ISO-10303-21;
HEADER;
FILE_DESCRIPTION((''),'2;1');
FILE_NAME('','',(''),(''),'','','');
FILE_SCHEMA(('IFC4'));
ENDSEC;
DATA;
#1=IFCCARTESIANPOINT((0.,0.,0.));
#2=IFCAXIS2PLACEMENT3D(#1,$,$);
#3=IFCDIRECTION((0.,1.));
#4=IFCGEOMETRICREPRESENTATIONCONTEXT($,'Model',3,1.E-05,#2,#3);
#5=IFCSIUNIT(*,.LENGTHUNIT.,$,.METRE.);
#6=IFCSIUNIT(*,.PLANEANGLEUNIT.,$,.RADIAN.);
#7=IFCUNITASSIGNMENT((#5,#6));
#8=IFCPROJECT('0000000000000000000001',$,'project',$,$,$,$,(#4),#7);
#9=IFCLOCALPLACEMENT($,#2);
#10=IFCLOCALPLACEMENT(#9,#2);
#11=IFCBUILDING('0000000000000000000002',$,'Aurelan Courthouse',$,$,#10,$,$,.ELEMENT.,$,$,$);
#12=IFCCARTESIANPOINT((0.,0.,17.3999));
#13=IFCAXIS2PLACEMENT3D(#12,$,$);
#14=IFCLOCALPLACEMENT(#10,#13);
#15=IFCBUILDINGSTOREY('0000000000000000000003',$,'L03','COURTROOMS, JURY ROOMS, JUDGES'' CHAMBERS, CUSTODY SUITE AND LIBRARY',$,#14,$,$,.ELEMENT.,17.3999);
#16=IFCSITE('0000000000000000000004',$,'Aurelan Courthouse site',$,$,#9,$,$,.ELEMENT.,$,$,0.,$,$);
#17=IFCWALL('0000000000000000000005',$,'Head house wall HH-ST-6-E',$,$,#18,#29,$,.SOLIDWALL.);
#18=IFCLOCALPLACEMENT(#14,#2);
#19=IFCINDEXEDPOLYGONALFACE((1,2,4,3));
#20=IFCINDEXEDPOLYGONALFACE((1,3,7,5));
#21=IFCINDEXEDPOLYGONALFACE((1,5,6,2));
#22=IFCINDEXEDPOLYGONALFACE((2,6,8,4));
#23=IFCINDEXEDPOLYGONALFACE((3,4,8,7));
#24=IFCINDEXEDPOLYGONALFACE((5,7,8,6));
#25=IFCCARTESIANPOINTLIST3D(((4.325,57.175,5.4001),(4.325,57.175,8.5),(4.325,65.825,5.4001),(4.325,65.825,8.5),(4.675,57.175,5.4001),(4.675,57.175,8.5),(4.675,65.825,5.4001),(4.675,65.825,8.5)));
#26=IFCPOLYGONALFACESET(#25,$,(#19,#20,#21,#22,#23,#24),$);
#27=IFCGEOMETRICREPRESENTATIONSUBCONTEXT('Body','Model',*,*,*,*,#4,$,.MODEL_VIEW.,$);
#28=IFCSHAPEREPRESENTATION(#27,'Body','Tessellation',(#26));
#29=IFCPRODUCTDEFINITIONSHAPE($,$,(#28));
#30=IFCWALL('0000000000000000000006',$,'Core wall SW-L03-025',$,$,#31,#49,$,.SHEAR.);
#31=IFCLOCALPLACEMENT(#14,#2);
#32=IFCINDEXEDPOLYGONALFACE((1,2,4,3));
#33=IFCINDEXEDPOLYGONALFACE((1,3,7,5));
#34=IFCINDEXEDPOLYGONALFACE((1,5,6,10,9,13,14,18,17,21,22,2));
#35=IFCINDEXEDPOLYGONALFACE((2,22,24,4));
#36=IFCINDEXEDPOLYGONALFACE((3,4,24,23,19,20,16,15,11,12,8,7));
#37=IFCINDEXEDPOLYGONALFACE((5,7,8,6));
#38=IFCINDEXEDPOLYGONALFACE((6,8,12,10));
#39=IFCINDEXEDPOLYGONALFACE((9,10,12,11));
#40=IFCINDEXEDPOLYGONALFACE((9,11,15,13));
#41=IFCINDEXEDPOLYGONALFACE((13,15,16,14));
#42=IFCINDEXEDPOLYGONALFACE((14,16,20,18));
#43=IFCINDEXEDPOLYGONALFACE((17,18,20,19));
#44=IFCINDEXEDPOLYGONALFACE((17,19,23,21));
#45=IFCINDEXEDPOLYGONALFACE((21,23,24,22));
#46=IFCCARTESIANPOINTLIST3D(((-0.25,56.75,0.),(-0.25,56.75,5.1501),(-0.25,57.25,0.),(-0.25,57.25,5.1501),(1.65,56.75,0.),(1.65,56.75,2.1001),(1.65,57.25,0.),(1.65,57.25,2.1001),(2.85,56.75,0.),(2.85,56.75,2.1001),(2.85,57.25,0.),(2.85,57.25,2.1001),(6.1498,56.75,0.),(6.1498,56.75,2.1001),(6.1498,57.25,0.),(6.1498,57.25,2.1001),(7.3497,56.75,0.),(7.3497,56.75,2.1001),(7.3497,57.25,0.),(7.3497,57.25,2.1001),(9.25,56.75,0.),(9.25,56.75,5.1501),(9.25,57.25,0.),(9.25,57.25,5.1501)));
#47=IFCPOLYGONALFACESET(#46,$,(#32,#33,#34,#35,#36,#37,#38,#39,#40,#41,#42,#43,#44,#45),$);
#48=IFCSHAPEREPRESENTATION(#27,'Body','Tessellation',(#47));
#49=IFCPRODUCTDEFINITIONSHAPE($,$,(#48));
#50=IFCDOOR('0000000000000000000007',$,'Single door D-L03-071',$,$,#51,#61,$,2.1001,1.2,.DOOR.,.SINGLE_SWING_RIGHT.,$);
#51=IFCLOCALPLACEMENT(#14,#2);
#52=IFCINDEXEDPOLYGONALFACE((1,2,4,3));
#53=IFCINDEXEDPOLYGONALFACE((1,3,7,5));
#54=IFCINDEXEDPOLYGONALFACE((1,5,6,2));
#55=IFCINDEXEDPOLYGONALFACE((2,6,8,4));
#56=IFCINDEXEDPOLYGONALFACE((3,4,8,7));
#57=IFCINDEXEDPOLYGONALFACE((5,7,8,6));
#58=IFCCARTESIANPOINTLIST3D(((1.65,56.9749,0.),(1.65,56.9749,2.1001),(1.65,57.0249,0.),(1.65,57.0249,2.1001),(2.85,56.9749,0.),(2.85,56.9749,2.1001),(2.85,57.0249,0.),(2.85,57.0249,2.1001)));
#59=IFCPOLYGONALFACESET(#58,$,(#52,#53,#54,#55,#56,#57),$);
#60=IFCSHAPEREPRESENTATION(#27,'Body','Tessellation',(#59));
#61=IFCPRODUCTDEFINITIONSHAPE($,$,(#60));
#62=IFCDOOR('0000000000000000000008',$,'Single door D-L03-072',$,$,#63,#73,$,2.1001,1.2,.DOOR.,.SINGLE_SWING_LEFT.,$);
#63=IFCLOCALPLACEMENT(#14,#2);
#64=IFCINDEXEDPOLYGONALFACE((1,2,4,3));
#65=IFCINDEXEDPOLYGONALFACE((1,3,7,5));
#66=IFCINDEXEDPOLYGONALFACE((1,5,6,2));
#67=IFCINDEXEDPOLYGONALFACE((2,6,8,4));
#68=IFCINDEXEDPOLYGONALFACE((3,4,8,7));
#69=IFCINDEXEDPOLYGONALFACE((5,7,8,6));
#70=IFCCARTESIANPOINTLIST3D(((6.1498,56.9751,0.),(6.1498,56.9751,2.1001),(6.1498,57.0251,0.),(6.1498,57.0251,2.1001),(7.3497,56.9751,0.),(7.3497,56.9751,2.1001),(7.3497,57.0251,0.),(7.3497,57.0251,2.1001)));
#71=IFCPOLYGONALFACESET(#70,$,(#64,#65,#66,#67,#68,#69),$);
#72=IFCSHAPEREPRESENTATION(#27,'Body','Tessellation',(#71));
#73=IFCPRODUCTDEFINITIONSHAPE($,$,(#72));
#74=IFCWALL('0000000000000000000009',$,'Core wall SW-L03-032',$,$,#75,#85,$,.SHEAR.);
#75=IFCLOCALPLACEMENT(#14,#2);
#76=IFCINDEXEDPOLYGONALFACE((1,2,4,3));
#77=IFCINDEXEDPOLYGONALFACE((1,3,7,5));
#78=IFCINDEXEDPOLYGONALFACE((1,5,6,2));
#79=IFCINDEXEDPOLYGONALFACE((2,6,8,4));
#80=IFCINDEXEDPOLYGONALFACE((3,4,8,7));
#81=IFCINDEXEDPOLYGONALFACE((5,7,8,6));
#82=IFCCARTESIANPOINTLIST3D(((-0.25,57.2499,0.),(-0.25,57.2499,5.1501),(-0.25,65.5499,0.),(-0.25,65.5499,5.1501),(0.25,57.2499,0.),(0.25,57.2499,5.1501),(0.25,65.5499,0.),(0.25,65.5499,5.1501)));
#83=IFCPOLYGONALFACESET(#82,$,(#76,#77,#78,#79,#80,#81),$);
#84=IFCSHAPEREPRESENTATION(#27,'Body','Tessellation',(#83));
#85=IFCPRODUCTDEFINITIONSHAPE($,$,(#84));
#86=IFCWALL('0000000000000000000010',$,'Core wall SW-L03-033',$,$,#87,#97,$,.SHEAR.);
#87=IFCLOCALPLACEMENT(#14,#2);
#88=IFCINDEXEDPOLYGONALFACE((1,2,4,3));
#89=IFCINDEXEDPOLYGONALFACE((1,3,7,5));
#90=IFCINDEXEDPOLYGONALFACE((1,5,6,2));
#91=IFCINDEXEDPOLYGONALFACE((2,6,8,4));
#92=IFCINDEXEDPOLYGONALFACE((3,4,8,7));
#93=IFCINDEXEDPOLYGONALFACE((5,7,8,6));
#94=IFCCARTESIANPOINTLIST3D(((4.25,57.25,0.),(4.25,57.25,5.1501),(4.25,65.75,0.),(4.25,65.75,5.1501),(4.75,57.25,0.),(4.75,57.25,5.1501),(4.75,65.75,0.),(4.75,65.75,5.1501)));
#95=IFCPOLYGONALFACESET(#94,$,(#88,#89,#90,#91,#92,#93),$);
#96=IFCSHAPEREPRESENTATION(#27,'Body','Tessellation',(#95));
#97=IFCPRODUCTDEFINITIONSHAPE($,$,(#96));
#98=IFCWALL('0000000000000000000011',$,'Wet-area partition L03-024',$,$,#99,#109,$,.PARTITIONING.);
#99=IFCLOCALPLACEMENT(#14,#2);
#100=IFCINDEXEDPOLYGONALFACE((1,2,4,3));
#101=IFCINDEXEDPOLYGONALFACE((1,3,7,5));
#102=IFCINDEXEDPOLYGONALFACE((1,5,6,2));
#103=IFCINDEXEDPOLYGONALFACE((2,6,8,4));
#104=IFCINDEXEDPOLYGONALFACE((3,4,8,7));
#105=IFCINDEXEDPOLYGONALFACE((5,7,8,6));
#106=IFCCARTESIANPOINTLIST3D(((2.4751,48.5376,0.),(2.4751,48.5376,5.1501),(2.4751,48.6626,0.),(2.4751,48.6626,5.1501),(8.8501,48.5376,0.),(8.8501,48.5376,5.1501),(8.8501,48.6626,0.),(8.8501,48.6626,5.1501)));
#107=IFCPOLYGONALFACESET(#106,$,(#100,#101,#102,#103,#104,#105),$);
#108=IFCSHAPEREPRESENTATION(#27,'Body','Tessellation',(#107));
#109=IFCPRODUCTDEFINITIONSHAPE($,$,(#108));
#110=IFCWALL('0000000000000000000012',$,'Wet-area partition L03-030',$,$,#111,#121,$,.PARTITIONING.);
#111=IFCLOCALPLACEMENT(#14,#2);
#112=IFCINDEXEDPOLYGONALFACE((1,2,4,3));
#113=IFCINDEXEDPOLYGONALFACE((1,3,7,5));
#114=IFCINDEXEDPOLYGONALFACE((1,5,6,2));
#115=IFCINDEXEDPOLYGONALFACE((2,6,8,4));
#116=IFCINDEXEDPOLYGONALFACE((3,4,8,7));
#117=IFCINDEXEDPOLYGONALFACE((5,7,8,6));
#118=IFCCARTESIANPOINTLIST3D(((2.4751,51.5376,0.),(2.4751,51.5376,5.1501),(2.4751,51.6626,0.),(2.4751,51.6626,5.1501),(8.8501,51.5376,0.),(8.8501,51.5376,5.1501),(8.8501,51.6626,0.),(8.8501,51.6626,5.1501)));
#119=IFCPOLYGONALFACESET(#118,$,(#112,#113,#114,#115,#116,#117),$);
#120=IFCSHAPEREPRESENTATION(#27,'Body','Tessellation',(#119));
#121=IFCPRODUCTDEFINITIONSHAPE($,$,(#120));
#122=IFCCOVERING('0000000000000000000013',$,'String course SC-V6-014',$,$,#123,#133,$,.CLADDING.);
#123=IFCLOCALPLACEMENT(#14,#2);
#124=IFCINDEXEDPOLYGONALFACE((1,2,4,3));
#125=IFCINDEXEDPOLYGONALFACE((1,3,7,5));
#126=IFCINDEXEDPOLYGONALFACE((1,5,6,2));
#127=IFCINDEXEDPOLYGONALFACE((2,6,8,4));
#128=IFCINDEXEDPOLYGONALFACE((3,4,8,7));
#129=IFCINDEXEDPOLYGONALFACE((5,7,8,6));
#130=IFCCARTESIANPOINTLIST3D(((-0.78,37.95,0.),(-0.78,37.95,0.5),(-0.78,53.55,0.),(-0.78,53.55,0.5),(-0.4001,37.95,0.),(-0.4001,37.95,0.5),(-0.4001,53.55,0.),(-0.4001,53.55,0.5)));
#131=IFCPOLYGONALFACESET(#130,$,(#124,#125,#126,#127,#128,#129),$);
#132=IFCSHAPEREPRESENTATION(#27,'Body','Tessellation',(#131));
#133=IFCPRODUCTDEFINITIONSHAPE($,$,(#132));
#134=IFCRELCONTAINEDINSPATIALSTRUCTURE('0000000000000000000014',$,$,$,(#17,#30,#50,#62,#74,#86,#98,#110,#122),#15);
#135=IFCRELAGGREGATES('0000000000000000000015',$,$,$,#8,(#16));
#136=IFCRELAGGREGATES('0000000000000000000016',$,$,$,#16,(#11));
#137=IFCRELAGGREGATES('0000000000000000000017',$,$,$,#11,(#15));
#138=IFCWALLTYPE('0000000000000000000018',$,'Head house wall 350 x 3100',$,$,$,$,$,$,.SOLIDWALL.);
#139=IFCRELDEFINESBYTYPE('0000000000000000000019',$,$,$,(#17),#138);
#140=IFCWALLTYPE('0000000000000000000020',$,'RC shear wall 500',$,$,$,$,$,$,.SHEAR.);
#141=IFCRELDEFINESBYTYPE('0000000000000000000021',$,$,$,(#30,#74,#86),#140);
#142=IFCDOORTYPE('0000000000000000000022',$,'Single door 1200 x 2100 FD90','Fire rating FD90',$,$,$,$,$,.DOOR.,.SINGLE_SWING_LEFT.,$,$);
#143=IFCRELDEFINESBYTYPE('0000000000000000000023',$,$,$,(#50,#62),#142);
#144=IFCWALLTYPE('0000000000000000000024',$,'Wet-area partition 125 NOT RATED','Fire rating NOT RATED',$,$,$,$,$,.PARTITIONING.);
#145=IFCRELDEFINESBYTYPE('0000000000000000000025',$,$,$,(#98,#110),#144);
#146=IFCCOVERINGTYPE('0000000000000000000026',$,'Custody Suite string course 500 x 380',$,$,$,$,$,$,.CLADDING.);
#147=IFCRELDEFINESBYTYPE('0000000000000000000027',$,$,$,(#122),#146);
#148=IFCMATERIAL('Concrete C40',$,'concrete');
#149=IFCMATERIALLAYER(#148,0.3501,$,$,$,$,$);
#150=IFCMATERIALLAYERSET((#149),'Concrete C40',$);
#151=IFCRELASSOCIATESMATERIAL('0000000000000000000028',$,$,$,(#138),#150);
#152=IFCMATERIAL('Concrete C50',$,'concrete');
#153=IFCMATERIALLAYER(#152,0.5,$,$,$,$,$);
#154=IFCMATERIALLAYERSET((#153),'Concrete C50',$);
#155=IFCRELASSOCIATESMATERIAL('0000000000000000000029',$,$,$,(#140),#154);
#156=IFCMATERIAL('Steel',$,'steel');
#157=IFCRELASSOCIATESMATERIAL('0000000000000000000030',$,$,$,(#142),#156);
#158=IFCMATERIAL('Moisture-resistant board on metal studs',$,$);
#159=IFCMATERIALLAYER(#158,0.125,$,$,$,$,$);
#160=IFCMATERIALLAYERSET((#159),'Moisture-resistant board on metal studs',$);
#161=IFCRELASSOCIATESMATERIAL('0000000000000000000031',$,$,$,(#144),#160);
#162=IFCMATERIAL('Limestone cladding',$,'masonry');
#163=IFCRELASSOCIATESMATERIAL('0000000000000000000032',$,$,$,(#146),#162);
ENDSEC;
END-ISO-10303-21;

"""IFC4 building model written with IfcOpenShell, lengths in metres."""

from ifc_helpers import new_model, si_unit, direction, frame, frame_2d, origin, origin_2d, place, context, subcontext, project, spatial, rectangle, extrude, material, layer, layer_set, type_object, element, fill, save


model = new_model("IFC4")

# Units and contexts
model_context = context("Model", 3, precision=1e-05, world=origin(), true_north=direction((0.0, 1.0)))
body_context = subcontext(model_context, "Body", "Model", "MODEL_VIEW")
ifc_project = project(units=[si_unit("LENGTHUNIT", "METRE"), si_unit("PLANEANGLEUNIT", "RADIAN")], contexts=[model_context])

# Site, building, storey
site_placement = place(None, origin())
site = spatial("IfcSite", under=ifc_project, at=site_placement, Name="Aurelan Courthouse site", CompositionType="ELEMENT", RefElevation=0.0)
building_placement = place(site_placement, origin())
building = spatial("IfcBuilding", under=site, at=building_placement, Name="Aurelan Courthouse", CompositionType="ELEMENT")
storey_placement = place(building_placement, frame((0.0, 0.0, 17.3999)))
storey = spatial("IfcBuildingStorey", under=building, at=storey_placement, Name="L03", Description="COURTROOMS, JURY ROOMS, JUDGES' CHAMBERS, CUSTODY SUITE AND LIBRARY", CompositionType="ELEMENT", Elevation=17.3999)

# Shared definitions
ifc_material_1 = material(Name="Concrete C50", Category="concrete")

# Shared definitions
ifc_material_2 = material(Name="Limestone cladding", Category="masonry")

# Shared definitions
ifc_material_3 = material(Name="Concrete C40", Category="concrete")
ifc_layer_1 = layer(ifc_material_3, 0.3501)
ifc_layer_set_1 = layer_set([ifc_layer_1], Name="Concrete C40")
wall_type_1 = type_object("IfcWallType", Name="Head house wall 350 x 3100", PredefinedType="SOLIDWALL", material=ifc_layer_set_1)

# Wall
for number, where, z_axis, x_axis, name in (
    (1, (4.5, 57.175, 5.4001), (0.0, 0.0, 1.0), (0.0, 1.0, 0.0), "Head house wall HH-ST-6-E"),
):
    element("IfcWall", number, at=place(storey_placement, frame(where, z_axis=z_axis, x_axis=x_axis)), inside=storey, type_object=wall_type_1, Name=name, PredefinedType="SOLIDWALL", context=body_context, shape_type="SweptSolid", body=[
        extrude(rectangle(XDim=8.6499, YDim=0.3501, at=frame_2d((4.325, 0.0))), origin(), (0.0, 0.0, 1.0), 3.0999),
    ])

# Wall, openings, doors
ifc_layer_2 = layer(ifc_material_1, 0.5)
ifc_layer_set_2 = layer_set([ifc_layer_2], Name="Concrete C50")
wall_type_2 = type_object("IfcWallType", Name="RC shear wall 500", PredefinedType="SHEAR", material=ifc_layer_set_2)
wall_1_placement = place(storey_placement, frame((-0.25, 57.0, 0.0), z_axis=(0.0, 0.0, 1.0), x_axis=(1.0, 0.0, 0.0)))
wall_1 = element("IfcWall", 2, at=wall_1_placement, inside=storey, type_object=wall_type_2, Name="Core wall SW-L03-025", PredefinedType="SHEAR", context=body_context, shape_type="SweptSolid", body=[
    extrude(rectangle(XDim=9.5, YDim=0.5, at=frame_2d((4.75, 0.0))), origin(), (0.0, 0.0, 1.0), 5.1501),
])
opening_1_placement = place(wall_1_placement, frame((1.8999, 0.0, 0.0)))
opening_1 = element("IfcOpeningElement", 3, at=opening_1_placement, cuts=wall_1, PredefinedType="OPENING", context=body_context, shape_type="SweptSolid", body=[
    extrude(rectangle(XDim=1.2, YDim=2.1001, at=frame_2d((0.6001, 1.05))), frame((0.0, 0.26, 0.0), z_axis=(0.0, -1.0, 0.0), x_axis=(1.0, 0.0, 0.0)), (0.0, 0.0, 1.0), 0.52),
])
opening_2_placement = place(wall_1_placement, frame((7.5999, 0.0, 0.0), z_axis=(0.0, 0.0, 1.0), x_axis=(-1.0, 0.0, 0.0)))
opening_2 = element("IfcOpeningElement", 4, at=opening_2_placement, cuts=wall_1, PredefinedType="OPENING", context=body_context, shape_type="SweptSolid", body=[
    extrude(rectangle(XDim=1.2, YDim=2.1001, at=frame_2d((0.6001, 1.05))), frame((0.0, 0.26, 0.0), z_axis=(0.0, -1.0, 0.0), x_axis=(1.0, 0.0, 0.0)), (0.0, 0.0, 1.0), 0.52),
])
ifc_material_4 = material(Name="Steel", Category="steel")
door_type_1 = type_object("IfcDoorType", Name="Single door 1200 x 2100 FD90", Description="Fire rating FD90", OperationType="SINGLE_SWING_LEFT", PredefinedType="DOOR", material=ifc_material_4)
door_1_placement = place(opening_1_placement, origin())
door_1 = element("IfcDoor", 5, at=door_1_placement, inside=storey, type_object=door_type_1, Name="Single door D-L03-071", OperationType="SINGLE_SWING_RIGHT", OverallHeight=2.1001, OverallWidth=1.2, PredefinedType="DOOR", context=body_context, shape_type="SweptSolid", body=[
    extrude(rectangle(XDim=1.2, YDim=2.1001, at=frame_2d((0.6001, 1.05))), frame((0.0, 0.0249, 0.0), z_axis=(0.0, -1.0, 0.0), x_axis=(1.0, 0.0, 0.0)), (0.0, 0.0, 1.0), 0.05),
])
fill(opening_1, door_1)
door_2_placement = place(opening_2_placement, origin())
door_2 = element("IfcDoor", 6, at=door_2_placement, inside=storey, type_object=door_type_1, Name="Single door D-L03-072", OperationType="SINGLE_SWING_LEFT", OverallHeight=2.1001, OverallWidth=1.2, PredefinedType="DOOR", context=body_context, shape_type="SweptSolid", body=[
    extrude(rectangle(XDim=1.2, YDim=2.1001, at=frame_2d((0.6001, 1.05))), frame((0.0, 0.0249, 0.0), z_axis=(0.0, -1.0, 0.0), x_axis=(1.0, 0.0, 0.0)), (0.0, 0.0, 1.0), 0.05),
])
fill(opening_2, door_2)

# Walls
wall_2_placement = place(storey_placement, frame((0.0, 57.25, 0.0), z_axis=(0.0, 0.0, 1.0), x_axis=(0.0, 1.0, 0.0)))
element("IfcWall", 7, at=wall_2_placement, inside=storey, type_object=wall_type_2, Name="Core wall SW-L03-032", PredefinedType="SHEAR", context=body_context, shape_type="SweptSolid", body=[
    extrude(rectangle(XDim=8.3, YDim=0.5, at=frame_2d((4.1499, 0.0))), origin(), (0.0, 0.0, 1.0), 5.1501),
])
wall_3_placement = place(storey_placement, frame((4.5, 57.25, 0.0), z_axis=(0.0, 0.0, 1.0), x_axis=(0.0, 1.0, 0.0)))
element("IfcWall", 8, at=wall_3_placement, inside=storey, type_object=wall_type_2, Name="Core wall SW-L03-033", PredefinedType="SHEAR", context=body_context, shape_type="SweptSolid", body=[
    extrude(rectangle(XDim=8.5, YDim=0.5, at=frame_2d((4.25, 0.0))), origin(), (0.0, 0.0, 1.0), 5.1501),
])
ifc_material_5 = material(Name="Moisture-resistant board on metal studs")
ifc_layer_3 = layer(ifc_material_5, 0.125)
ifc_layer_set_3 = layer_set([ifc_layer_3], Name="Moisture-resistant board on metal studs")
wall_type_3 = type_object("IfcWallType", Name="Wet-area partition 125 NOT RATED", Description="Fire rating NOT RATED", PredefinedType="PARTITIONING", material=ifc_layer_set_3)
for number, where, z_axis, x_axis, name in (
    (9, (2.4751, 48.6001, 0.0), (0.0, 0.0, 1.0), (1.0, 0.0, 0.0), "Wet-area partition L03-024"),
    (10, (2.4751, 51.6001, 0.0), (0.0, 0.0, 1.0), (1.0, 0.0, 0.0), "Wet-area partition L03-030"),
):
    element("IfcWall", number, at=place(storey_placement, frame(where, z_axis=z_axis, x_axis=x_axis)), inside=storey, type_object=wall_type_3, Name=name, PredefinedType="PARTITIONING", context=body_context, shape_type="SweptSolid", body=[
        extrude(rectangle(XDim=6.375, YDim=0.125, at=frame_2d((3.1875, 0.0))), origin(), (0.0, 0.0, 1.0), 5.1501),
    ])

# Covering
covering_type = type_object("IfcCoveringType", Name="Custody Suite string course 500 x 380", PredefinedType="CLADDING", material=ifc_material_2)
covering_placement = place(storey_placement, frame((-0.5901, 45.75, 0.0), z_axis=(0.0, 0.0, 1.0), x_axis=(1.0, 0.0, 0.0)))
element("IfcCovering", 11, at=covering_placement, inside=storey, type_object=covering_type, Name="String course SC-V6-014", PredefinedType="CLADDING", context=body_context, shape_type="SweptSolid", body=[
    extrude(rectangle(XDim=0.3799, YDim=15.6001, at=origin_2d()), origin(), (0.0, 0.0, 1.0), 0.5),
])

save(model, "model.ifc")
